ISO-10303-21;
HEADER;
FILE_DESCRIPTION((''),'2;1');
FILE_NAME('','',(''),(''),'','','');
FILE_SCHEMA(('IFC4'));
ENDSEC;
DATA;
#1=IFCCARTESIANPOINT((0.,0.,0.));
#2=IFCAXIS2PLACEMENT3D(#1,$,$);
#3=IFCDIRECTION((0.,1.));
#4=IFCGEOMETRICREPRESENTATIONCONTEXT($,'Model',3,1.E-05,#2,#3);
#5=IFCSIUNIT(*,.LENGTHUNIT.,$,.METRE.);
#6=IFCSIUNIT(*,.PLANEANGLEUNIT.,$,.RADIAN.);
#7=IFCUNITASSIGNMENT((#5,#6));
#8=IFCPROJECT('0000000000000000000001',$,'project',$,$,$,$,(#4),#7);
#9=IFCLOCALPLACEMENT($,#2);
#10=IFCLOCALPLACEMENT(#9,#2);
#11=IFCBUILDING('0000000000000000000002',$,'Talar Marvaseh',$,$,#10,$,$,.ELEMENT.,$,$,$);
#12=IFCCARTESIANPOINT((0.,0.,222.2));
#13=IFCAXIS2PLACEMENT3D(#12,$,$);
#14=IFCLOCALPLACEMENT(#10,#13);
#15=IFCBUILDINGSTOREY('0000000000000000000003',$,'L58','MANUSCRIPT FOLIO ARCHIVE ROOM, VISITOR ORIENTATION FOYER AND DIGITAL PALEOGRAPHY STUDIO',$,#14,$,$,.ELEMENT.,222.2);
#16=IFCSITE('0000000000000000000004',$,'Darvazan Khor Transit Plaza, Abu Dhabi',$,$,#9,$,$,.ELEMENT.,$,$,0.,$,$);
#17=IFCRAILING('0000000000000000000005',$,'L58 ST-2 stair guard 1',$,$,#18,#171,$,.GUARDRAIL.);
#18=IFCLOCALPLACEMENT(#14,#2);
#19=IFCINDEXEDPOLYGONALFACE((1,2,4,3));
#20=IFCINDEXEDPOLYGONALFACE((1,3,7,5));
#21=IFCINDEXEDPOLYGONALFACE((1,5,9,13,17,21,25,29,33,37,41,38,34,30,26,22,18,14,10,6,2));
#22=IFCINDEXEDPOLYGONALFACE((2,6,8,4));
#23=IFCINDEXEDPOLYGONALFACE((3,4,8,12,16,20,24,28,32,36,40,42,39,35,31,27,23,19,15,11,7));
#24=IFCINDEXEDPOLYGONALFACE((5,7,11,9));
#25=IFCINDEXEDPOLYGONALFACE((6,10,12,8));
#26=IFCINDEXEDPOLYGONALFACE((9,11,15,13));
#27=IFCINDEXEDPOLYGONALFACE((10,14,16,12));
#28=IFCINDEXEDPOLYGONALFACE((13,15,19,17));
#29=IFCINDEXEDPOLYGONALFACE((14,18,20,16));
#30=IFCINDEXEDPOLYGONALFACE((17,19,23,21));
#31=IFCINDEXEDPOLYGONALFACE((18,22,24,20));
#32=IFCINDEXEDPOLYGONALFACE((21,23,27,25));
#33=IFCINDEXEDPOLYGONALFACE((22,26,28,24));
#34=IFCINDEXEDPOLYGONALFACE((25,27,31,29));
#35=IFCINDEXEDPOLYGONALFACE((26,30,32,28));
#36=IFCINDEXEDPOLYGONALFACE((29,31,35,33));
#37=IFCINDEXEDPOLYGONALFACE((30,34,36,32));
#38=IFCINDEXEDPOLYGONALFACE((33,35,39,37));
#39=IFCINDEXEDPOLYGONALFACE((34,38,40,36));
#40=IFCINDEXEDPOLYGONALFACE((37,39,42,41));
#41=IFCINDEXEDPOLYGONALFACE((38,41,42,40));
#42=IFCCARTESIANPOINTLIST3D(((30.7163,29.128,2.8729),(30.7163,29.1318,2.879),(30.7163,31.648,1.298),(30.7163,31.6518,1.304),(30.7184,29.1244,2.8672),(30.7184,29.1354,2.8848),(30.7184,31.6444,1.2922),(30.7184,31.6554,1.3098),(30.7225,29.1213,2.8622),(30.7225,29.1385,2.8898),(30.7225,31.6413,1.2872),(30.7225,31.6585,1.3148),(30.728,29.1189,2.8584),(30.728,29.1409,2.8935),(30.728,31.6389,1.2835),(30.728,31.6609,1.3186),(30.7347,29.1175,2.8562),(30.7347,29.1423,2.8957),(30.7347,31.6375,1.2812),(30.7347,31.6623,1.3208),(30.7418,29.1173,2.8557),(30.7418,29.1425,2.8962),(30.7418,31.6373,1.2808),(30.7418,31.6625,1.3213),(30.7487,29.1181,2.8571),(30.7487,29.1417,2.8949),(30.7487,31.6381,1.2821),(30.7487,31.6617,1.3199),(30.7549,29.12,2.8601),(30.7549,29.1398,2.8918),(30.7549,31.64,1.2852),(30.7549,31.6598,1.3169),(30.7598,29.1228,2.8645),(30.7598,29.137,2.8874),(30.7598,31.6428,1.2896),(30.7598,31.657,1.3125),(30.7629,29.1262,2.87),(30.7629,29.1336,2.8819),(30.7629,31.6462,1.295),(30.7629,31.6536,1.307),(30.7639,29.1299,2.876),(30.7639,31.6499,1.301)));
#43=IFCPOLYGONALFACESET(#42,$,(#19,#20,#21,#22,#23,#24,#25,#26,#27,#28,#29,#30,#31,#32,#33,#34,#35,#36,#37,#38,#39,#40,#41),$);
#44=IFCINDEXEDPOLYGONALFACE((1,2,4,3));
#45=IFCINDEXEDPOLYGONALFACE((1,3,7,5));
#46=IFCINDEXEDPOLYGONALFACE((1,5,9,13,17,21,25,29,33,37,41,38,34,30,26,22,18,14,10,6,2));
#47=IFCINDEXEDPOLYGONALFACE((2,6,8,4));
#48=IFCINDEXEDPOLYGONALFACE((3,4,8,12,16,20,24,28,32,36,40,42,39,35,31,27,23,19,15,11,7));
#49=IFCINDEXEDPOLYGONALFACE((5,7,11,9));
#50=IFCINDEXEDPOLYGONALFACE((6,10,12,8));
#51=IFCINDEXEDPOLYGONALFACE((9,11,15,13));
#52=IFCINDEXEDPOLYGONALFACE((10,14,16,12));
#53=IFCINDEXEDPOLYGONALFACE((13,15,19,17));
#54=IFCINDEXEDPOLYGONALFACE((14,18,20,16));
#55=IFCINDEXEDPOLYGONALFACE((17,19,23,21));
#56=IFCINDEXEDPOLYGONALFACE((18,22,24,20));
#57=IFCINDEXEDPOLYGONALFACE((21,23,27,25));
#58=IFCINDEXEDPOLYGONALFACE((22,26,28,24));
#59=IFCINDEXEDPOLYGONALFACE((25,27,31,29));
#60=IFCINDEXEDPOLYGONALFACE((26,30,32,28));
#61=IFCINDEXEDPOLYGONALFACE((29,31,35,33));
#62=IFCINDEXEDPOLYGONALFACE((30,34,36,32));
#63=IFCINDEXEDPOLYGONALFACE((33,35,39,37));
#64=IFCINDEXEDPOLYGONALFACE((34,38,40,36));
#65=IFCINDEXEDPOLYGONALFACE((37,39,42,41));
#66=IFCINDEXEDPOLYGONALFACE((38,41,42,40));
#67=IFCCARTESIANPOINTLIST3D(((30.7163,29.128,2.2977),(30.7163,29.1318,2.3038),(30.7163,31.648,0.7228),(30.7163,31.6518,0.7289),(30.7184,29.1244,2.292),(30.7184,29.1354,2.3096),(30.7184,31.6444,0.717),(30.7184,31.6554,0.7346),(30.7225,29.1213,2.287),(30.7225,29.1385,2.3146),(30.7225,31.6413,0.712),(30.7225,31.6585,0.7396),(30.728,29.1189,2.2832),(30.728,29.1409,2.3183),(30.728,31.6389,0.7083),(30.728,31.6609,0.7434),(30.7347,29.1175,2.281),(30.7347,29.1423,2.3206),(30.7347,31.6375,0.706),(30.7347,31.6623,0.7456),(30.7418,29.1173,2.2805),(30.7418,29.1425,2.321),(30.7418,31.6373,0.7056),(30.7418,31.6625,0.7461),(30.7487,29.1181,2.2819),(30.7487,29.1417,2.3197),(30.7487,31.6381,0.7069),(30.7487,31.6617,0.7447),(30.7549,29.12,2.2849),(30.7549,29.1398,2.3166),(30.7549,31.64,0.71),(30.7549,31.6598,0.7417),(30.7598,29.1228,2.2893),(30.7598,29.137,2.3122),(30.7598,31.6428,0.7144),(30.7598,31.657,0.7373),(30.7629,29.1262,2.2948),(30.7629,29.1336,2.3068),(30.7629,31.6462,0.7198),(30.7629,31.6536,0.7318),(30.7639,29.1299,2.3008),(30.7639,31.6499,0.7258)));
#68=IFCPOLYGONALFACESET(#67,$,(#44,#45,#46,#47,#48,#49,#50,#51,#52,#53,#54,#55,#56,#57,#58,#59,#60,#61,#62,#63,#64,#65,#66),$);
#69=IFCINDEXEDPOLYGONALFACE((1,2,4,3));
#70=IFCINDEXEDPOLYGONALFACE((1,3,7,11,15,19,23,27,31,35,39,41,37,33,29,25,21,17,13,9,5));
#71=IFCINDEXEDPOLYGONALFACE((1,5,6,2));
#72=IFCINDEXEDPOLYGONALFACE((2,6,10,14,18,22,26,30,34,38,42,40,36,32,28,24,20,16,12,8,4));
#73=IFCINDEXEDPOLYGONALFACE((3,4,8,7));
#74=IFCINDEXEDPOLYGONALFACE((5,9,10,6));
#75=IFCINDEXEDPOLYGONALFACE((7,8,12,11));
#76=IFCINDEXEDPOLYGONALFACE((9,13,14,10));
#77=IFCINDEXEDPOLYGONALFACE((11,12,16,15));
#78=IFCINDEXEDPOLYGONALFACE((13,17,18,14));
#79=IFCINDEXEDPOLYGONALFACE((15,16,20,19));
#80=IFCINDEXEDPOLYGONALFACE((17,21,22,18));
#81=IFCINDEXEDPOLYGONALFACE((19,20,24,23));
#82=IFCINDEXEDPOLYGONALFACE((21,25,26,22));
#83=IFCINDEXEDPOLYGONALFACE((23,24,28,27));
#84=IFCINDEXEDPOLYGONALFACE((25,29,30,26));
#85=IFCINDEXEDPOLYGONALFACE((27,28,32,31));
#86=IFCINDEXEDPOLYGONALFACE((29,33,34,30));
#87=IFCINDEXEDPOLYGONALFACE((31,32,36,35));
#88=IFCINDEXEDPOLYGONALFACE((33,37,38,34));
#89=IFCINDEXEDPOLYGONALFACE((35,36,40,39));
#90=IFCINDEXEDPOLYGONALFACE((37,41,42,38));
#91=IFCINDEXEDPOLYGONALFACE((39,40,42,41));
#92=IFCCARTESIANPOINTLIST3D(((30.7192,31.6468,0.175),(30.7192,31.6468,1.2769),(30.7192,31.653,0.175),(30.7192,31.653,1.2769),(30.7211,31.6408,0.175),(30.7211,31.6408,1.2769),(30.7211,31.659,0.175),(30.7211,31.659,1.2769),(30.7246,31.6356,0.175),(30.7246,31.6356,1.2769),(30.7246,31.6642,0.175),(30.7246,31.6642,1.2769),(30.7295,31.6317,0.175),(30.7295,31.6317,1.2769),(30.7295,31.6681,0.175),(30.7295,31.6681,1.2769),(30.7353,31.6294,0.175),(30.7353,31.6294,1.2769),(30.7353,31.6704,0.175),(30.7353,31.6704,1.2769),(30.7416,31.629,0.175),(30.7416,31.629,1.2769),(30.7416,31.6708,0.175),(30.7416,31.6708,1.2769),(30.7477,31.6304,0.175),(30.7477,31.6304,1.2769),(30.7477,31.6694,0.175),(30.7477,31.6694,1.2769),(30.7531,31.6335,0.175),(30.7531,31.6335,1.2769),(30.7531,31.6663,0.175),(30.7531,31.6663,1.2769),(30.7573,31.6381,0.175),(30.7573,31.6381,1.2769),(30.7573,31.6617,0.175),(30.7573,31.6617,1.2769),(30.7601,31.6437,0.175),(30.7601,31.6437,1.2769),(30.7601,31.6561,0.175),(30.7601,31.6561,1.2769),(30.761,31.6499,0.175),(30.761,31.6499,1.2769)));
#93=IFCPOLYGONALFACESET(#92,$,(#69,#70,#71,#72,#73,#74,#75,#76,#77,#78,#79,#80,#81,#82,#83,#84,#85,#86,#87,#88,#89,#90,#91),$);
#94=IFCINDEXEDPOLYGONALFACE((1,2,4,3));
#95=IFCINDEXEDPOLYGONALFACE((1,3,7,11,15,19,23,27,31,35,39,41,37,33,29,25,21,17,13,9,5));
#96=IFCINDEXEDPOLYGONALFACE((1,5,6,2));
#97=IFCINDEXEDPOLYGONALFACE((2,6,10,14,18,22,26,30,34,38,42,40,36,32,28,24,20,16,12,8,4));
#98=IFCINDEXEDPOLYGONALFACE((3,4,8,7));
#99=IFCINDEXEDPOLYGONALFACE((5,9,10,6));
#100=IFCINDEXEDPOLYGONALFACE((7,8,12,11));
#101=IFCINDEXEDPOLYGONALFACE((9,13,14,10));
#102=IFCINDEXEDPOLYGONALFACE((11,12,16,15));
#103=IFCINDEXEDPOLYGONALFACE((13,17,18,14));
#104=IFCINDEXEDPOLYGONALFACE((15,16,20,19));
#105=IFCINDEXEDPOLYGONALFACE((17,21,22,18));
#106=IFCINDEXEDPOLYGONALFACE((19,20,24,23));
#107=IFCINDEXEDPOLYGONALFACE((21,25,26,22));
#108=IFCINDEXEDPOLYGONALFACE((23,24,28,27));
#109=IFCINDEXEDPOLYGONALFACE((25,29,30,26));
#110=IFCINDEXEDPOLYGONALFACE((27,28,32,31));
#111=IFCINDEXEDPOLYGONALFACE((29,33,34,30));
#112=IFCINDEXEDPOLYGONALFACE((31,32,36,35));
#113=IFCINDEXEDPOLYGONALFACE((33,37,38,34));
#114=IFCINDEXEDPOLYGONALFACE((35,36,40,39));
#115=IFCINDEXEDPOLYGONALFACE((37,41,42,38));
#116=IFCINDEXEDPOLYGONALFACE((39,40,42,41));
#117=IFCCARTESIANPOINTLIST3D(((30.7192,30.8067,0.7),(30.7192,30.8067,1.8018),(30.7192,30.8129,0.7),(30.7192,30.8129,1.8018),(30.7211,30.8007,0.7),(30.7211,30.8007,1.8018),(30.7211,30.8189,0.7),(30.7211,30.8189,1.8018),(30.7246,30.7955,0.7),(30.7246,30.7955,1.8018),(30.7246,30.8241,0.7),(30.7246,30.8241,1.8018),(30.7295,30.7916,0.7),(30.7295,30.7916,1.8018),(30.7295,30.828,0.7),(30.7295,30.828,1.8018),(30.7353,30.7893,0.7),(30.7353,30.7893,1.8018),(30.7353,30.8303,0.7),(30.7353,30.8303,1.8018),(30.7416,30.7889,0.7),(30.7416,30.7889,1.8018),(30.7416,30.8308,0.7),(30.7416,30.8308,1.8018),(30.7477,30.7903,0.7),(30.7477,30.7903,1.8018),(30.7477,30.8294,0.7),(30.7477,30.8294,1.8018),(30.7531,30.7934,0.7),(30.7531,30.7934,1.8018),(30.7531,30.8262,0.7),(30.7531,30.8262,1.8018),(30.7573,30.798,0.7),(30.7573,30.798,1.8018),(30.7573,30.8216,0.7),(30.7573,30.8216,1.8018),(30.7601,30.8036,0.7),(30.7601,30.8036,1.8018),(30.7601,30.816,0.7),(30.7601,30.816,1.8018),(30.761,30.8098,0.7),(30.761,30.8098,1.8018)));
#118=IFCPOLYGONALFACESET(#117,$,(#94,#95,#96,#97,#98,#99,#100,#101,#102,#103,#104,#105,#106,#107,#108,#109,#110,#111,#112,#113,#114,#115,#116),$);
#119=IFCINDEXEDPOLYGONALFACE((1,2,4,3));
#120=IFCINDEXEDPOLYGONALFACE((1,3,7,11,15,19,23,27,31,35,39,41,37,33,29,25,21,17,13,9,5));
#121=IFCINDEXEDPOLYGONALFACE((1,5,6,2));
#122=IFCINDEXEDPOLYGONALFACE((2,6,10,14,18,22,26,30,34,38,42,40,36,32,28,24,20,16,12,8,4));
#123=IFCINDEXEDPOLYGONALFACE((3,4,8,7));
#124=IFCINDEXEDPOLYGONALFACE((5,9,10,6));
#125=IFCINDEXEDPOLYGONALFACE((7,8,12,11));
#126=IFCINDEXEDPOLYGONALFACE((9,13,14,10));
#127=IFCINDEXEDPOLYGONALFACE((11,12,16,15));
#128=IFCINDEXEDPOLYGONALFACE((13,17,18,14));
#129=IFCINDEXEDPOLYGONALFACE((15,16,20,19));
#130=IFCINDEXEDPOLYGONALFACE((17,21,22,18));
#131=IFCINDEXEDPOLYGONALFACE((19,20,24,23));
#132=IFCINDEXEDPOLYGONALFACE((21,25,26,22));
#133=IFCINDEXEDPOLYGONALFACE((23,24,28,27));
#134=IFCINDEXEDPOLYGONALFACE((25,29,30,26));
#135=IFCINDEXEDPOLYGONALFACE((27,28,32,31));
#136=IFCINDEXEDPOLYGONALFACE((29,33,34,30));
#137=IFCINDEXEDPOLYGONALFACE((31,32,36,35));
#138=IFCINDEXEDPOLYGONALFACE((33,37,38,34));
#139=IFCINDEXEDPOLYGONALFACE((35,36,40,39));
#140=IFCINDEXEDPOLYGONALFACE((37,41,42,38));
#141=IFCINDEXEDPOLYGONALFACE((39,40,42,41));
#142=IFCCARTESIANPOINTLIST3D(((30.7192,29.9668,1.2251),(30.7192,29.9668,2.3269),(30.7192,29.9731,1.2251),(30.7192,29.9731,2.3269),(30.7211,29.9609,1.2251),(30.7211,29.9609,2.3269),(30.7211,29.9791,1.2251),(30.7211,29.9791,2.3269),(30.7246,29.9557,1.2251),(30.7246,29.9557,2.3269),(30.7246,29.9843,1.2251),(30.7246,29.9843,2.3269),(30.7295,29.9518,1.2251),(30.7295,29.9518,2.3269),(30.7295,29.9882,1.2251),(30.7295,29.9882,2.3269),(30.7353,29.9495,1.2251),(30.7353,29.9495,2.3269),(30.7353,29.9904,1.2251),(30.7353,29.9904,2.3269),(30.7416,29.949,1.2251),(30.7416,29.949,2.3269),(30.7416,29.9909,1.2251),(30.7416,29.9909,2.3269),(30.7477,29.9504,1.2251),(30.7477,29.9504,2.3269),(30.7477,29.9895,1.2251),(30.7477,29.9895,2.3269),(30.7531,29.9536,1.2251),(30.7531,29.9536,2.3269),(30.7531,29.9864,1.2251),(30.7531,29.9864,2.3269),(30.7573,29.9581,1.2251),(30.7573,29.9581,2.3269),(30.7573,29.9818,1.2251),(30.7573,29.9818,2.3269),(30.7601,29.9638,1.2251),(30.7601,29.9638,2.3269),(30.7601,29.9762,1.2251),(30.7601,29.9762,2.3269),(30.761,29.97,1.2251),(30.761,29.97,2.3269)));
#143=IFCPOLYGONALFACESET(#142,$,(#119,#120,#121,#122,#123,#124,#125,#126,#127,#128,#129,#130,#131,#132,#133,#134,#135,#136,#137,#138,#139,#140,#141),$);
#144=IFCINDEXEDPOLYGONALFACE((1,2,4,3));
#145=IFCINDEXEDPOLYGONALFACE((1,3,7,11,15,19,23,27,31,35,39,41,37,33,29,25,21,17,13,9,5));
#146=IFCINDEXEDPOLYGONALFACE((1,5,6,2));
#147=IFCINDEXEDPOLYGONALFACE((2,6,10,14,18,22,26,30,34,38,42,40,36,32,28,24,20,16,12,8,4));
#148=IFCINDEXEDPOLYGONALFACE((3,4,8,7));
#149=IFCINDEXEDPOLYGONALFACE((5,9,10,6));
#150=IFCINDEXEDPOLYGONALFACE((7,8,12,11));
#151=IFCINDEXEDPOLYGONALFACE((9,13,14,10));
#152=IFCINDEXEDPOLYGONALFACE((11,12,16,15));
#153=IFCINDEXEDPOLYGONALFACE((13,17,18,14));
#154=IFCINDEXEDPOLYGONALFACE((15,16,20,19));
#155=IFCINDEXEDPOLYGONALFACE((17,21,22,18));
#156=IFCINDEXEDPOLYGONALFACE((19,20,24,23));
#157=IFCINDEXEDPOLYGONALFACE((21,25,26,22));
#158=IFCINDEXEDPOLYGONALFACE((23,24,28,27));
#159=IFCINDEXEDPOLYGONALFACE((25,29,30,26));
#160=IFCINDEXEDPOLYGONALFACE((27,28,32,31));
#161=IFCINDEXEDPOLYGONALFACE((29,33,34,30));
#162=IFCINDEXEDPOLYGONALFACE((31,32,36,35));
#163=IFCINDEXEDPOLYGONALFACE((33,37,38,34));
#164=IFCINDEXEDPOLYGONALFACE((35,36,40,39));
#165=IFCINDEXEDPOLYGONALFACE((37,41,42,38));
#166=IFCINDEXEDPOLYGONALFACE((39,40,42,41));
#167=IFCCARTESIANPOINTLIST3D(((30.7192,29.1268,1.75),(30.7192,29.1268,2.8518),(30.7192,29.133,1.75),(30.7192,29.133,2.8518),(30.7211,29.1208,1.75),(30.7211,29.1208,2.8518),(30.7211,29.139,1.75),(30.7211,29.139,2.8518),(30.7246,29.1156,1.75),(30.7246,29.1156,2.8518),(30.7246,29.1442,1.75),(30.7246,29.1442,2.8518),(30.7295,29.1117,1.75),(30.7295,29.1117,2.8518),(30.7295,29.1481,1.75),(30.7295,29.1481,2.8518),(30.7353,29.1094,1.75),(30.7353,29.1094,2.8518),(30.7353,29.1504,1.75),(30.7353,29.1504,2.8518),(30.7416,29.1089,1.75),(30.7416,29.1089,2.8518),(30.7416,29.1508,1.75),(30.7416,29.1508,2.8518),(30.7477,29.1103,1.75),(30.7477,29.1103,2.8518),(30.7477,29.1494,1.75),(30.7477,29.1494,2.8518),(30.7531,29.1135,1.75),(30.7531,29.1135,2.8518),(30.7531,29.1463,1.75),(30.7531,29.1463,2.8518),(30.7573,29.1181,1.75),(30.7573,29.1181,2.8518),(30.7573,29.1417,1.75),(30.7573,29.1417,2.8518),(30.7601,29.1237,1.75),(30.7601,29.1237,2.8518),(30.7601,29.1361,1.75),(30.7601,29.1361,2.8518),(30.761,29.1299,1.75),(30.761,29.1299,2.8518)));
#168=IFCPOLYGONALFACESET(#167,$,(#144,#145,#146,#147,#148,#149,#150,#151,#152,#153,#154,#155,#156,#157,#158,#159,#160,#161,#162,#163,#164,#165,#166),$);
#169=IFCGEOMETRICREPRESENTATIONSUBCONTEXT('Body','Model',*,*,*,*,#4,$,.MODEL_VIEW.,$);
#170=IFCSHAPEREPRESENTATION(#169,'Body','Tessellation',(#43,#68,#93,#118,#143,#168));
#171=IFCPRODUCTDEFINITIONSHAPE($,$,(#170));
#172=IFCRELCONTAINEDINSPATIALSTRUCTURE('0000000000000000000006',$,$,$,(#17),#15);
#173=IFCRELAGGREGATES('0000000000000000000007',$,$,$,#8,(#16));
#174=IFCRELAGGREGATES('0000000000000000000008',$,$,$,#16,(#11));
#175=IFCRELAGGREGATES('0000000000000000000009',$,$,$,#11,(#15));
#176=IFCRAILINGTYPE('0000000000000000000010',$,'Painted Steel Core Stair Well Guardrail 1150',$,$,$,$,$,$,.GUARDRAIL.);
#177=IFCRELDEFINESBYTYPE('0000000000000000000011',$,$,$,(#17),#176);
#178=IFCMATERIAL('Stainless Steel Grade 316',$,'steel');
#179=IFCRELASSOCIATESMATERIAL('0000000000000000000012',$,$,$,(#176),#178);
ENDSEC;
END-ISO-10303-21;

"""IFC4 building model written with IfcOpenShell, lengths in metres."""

from ifc_helpers import new_model, si_unit, direction, frame, origin, origin_2d, place, context, subcontext, project, spatial, circle, extrude, material, type_object, element, save


model = new_model("IFC4")

# Units and contexts
model_context = context("Model", 3, precision=1e-05, world=origin(), true_north=direction((0.0, 1.0)))
body_context = subcontext(model_context, "Body", "Model", "MODEL_VIEW")
ifc_project = project(units=[si_unit("LENGTHUNIT", "METRE"), si_unit("PLANEANGLEUNIT", "RADIAN")], contexts=[model_context])

# Site, building, storey
site_placement = place(None, origin())
site = spatial("IfcSite", under=ifc_project, at=site_placement, Name="Darvazan Khor Transit Plaza, Abu Dhabi", CompositionType="ELEMENT", RefElevation=0.0)
building_placement = place(site_placement, origin())
building = spatial("IfcBuilding", under=site, at=building_placement, Name="Talar Marvaseh", CompositionType="ELEMENT")
storey_placement = place(building_placement, frame((0.0, 0.0, 222.2)))
storey = spatial("IfcBuildingStorey", under=building, at=storey_placement, Name="L58", Description="MANUSCRIPT FOLIO ARCHIVE ROOM, VISITOR ORIENTATION FOYER AND DIGITAL PALEOGRAPHY STUDIO", CompositionType="ELEMENT", Elevation=222.2)

# Shared definitions
ifc_material_1 = material(Name="Stainless Steel Grade 316", Category="steel")

# Railing
railing_type_1 = type_object("IfcRailingType", Name="Painted Steel Core Stair Well Guardrail 1150", PredefinedType="GUARDRAIL", material=ifc_material_1)
railing_1_placement = place(storey_placement, frame((30.74, 31.6499, 0.175)))
element("IfcRailing", 1, at=railing_1_placement, inside=storey, type_object=railing_type_1, Name="L58 ST-2 stair guard 1", PredefinedType="GUARDRAIL", context=body_context, shape_type="SweptSolid", body=[
    extrude(circle(Radius=0.0239, at=origin_2d()), frame((0.0, 0.0, 1.126), z_axis=(0.0, -0.848008, 0.529984), x_axis=(1.0, 0.0, 0.0)), (0.0, 0.0, 1.0), 2.9717),
    extrude(circle(Radius=0.0239, at=origin_2d()), frame((0.0, 0.0, 0.5508), z_axis=(0.0, -0.848008, 0.529984), x_axis=(1.0, 0.0, 0.0)), (0.0, 0.0, 1.0), 2.9717),
    extrude(circle(Radius=0.021, at=origin_2d()), origin(), (0.0, 0.0, 1.0), 1.1018),
    extrude(circle(Radius=0.021, at=origin_2d()), frame((0.0, -0.8401, 0.5249)), (0.0, 0.0, 1.0), 1.1018),
    extrude(circle(Radius=0.021, at=origin_2d()), frame((0.0, -1.6799, 1.05)), (0.0, 0.0, 1.0), 1.1018),
    extrude(circle(Radius=0.021, at=origin_2d()), frame((0.0, -2.52, 1.575)), (0.0, 0.0, 1.0), 1.1018),
])

save(model, "model.ifc")
